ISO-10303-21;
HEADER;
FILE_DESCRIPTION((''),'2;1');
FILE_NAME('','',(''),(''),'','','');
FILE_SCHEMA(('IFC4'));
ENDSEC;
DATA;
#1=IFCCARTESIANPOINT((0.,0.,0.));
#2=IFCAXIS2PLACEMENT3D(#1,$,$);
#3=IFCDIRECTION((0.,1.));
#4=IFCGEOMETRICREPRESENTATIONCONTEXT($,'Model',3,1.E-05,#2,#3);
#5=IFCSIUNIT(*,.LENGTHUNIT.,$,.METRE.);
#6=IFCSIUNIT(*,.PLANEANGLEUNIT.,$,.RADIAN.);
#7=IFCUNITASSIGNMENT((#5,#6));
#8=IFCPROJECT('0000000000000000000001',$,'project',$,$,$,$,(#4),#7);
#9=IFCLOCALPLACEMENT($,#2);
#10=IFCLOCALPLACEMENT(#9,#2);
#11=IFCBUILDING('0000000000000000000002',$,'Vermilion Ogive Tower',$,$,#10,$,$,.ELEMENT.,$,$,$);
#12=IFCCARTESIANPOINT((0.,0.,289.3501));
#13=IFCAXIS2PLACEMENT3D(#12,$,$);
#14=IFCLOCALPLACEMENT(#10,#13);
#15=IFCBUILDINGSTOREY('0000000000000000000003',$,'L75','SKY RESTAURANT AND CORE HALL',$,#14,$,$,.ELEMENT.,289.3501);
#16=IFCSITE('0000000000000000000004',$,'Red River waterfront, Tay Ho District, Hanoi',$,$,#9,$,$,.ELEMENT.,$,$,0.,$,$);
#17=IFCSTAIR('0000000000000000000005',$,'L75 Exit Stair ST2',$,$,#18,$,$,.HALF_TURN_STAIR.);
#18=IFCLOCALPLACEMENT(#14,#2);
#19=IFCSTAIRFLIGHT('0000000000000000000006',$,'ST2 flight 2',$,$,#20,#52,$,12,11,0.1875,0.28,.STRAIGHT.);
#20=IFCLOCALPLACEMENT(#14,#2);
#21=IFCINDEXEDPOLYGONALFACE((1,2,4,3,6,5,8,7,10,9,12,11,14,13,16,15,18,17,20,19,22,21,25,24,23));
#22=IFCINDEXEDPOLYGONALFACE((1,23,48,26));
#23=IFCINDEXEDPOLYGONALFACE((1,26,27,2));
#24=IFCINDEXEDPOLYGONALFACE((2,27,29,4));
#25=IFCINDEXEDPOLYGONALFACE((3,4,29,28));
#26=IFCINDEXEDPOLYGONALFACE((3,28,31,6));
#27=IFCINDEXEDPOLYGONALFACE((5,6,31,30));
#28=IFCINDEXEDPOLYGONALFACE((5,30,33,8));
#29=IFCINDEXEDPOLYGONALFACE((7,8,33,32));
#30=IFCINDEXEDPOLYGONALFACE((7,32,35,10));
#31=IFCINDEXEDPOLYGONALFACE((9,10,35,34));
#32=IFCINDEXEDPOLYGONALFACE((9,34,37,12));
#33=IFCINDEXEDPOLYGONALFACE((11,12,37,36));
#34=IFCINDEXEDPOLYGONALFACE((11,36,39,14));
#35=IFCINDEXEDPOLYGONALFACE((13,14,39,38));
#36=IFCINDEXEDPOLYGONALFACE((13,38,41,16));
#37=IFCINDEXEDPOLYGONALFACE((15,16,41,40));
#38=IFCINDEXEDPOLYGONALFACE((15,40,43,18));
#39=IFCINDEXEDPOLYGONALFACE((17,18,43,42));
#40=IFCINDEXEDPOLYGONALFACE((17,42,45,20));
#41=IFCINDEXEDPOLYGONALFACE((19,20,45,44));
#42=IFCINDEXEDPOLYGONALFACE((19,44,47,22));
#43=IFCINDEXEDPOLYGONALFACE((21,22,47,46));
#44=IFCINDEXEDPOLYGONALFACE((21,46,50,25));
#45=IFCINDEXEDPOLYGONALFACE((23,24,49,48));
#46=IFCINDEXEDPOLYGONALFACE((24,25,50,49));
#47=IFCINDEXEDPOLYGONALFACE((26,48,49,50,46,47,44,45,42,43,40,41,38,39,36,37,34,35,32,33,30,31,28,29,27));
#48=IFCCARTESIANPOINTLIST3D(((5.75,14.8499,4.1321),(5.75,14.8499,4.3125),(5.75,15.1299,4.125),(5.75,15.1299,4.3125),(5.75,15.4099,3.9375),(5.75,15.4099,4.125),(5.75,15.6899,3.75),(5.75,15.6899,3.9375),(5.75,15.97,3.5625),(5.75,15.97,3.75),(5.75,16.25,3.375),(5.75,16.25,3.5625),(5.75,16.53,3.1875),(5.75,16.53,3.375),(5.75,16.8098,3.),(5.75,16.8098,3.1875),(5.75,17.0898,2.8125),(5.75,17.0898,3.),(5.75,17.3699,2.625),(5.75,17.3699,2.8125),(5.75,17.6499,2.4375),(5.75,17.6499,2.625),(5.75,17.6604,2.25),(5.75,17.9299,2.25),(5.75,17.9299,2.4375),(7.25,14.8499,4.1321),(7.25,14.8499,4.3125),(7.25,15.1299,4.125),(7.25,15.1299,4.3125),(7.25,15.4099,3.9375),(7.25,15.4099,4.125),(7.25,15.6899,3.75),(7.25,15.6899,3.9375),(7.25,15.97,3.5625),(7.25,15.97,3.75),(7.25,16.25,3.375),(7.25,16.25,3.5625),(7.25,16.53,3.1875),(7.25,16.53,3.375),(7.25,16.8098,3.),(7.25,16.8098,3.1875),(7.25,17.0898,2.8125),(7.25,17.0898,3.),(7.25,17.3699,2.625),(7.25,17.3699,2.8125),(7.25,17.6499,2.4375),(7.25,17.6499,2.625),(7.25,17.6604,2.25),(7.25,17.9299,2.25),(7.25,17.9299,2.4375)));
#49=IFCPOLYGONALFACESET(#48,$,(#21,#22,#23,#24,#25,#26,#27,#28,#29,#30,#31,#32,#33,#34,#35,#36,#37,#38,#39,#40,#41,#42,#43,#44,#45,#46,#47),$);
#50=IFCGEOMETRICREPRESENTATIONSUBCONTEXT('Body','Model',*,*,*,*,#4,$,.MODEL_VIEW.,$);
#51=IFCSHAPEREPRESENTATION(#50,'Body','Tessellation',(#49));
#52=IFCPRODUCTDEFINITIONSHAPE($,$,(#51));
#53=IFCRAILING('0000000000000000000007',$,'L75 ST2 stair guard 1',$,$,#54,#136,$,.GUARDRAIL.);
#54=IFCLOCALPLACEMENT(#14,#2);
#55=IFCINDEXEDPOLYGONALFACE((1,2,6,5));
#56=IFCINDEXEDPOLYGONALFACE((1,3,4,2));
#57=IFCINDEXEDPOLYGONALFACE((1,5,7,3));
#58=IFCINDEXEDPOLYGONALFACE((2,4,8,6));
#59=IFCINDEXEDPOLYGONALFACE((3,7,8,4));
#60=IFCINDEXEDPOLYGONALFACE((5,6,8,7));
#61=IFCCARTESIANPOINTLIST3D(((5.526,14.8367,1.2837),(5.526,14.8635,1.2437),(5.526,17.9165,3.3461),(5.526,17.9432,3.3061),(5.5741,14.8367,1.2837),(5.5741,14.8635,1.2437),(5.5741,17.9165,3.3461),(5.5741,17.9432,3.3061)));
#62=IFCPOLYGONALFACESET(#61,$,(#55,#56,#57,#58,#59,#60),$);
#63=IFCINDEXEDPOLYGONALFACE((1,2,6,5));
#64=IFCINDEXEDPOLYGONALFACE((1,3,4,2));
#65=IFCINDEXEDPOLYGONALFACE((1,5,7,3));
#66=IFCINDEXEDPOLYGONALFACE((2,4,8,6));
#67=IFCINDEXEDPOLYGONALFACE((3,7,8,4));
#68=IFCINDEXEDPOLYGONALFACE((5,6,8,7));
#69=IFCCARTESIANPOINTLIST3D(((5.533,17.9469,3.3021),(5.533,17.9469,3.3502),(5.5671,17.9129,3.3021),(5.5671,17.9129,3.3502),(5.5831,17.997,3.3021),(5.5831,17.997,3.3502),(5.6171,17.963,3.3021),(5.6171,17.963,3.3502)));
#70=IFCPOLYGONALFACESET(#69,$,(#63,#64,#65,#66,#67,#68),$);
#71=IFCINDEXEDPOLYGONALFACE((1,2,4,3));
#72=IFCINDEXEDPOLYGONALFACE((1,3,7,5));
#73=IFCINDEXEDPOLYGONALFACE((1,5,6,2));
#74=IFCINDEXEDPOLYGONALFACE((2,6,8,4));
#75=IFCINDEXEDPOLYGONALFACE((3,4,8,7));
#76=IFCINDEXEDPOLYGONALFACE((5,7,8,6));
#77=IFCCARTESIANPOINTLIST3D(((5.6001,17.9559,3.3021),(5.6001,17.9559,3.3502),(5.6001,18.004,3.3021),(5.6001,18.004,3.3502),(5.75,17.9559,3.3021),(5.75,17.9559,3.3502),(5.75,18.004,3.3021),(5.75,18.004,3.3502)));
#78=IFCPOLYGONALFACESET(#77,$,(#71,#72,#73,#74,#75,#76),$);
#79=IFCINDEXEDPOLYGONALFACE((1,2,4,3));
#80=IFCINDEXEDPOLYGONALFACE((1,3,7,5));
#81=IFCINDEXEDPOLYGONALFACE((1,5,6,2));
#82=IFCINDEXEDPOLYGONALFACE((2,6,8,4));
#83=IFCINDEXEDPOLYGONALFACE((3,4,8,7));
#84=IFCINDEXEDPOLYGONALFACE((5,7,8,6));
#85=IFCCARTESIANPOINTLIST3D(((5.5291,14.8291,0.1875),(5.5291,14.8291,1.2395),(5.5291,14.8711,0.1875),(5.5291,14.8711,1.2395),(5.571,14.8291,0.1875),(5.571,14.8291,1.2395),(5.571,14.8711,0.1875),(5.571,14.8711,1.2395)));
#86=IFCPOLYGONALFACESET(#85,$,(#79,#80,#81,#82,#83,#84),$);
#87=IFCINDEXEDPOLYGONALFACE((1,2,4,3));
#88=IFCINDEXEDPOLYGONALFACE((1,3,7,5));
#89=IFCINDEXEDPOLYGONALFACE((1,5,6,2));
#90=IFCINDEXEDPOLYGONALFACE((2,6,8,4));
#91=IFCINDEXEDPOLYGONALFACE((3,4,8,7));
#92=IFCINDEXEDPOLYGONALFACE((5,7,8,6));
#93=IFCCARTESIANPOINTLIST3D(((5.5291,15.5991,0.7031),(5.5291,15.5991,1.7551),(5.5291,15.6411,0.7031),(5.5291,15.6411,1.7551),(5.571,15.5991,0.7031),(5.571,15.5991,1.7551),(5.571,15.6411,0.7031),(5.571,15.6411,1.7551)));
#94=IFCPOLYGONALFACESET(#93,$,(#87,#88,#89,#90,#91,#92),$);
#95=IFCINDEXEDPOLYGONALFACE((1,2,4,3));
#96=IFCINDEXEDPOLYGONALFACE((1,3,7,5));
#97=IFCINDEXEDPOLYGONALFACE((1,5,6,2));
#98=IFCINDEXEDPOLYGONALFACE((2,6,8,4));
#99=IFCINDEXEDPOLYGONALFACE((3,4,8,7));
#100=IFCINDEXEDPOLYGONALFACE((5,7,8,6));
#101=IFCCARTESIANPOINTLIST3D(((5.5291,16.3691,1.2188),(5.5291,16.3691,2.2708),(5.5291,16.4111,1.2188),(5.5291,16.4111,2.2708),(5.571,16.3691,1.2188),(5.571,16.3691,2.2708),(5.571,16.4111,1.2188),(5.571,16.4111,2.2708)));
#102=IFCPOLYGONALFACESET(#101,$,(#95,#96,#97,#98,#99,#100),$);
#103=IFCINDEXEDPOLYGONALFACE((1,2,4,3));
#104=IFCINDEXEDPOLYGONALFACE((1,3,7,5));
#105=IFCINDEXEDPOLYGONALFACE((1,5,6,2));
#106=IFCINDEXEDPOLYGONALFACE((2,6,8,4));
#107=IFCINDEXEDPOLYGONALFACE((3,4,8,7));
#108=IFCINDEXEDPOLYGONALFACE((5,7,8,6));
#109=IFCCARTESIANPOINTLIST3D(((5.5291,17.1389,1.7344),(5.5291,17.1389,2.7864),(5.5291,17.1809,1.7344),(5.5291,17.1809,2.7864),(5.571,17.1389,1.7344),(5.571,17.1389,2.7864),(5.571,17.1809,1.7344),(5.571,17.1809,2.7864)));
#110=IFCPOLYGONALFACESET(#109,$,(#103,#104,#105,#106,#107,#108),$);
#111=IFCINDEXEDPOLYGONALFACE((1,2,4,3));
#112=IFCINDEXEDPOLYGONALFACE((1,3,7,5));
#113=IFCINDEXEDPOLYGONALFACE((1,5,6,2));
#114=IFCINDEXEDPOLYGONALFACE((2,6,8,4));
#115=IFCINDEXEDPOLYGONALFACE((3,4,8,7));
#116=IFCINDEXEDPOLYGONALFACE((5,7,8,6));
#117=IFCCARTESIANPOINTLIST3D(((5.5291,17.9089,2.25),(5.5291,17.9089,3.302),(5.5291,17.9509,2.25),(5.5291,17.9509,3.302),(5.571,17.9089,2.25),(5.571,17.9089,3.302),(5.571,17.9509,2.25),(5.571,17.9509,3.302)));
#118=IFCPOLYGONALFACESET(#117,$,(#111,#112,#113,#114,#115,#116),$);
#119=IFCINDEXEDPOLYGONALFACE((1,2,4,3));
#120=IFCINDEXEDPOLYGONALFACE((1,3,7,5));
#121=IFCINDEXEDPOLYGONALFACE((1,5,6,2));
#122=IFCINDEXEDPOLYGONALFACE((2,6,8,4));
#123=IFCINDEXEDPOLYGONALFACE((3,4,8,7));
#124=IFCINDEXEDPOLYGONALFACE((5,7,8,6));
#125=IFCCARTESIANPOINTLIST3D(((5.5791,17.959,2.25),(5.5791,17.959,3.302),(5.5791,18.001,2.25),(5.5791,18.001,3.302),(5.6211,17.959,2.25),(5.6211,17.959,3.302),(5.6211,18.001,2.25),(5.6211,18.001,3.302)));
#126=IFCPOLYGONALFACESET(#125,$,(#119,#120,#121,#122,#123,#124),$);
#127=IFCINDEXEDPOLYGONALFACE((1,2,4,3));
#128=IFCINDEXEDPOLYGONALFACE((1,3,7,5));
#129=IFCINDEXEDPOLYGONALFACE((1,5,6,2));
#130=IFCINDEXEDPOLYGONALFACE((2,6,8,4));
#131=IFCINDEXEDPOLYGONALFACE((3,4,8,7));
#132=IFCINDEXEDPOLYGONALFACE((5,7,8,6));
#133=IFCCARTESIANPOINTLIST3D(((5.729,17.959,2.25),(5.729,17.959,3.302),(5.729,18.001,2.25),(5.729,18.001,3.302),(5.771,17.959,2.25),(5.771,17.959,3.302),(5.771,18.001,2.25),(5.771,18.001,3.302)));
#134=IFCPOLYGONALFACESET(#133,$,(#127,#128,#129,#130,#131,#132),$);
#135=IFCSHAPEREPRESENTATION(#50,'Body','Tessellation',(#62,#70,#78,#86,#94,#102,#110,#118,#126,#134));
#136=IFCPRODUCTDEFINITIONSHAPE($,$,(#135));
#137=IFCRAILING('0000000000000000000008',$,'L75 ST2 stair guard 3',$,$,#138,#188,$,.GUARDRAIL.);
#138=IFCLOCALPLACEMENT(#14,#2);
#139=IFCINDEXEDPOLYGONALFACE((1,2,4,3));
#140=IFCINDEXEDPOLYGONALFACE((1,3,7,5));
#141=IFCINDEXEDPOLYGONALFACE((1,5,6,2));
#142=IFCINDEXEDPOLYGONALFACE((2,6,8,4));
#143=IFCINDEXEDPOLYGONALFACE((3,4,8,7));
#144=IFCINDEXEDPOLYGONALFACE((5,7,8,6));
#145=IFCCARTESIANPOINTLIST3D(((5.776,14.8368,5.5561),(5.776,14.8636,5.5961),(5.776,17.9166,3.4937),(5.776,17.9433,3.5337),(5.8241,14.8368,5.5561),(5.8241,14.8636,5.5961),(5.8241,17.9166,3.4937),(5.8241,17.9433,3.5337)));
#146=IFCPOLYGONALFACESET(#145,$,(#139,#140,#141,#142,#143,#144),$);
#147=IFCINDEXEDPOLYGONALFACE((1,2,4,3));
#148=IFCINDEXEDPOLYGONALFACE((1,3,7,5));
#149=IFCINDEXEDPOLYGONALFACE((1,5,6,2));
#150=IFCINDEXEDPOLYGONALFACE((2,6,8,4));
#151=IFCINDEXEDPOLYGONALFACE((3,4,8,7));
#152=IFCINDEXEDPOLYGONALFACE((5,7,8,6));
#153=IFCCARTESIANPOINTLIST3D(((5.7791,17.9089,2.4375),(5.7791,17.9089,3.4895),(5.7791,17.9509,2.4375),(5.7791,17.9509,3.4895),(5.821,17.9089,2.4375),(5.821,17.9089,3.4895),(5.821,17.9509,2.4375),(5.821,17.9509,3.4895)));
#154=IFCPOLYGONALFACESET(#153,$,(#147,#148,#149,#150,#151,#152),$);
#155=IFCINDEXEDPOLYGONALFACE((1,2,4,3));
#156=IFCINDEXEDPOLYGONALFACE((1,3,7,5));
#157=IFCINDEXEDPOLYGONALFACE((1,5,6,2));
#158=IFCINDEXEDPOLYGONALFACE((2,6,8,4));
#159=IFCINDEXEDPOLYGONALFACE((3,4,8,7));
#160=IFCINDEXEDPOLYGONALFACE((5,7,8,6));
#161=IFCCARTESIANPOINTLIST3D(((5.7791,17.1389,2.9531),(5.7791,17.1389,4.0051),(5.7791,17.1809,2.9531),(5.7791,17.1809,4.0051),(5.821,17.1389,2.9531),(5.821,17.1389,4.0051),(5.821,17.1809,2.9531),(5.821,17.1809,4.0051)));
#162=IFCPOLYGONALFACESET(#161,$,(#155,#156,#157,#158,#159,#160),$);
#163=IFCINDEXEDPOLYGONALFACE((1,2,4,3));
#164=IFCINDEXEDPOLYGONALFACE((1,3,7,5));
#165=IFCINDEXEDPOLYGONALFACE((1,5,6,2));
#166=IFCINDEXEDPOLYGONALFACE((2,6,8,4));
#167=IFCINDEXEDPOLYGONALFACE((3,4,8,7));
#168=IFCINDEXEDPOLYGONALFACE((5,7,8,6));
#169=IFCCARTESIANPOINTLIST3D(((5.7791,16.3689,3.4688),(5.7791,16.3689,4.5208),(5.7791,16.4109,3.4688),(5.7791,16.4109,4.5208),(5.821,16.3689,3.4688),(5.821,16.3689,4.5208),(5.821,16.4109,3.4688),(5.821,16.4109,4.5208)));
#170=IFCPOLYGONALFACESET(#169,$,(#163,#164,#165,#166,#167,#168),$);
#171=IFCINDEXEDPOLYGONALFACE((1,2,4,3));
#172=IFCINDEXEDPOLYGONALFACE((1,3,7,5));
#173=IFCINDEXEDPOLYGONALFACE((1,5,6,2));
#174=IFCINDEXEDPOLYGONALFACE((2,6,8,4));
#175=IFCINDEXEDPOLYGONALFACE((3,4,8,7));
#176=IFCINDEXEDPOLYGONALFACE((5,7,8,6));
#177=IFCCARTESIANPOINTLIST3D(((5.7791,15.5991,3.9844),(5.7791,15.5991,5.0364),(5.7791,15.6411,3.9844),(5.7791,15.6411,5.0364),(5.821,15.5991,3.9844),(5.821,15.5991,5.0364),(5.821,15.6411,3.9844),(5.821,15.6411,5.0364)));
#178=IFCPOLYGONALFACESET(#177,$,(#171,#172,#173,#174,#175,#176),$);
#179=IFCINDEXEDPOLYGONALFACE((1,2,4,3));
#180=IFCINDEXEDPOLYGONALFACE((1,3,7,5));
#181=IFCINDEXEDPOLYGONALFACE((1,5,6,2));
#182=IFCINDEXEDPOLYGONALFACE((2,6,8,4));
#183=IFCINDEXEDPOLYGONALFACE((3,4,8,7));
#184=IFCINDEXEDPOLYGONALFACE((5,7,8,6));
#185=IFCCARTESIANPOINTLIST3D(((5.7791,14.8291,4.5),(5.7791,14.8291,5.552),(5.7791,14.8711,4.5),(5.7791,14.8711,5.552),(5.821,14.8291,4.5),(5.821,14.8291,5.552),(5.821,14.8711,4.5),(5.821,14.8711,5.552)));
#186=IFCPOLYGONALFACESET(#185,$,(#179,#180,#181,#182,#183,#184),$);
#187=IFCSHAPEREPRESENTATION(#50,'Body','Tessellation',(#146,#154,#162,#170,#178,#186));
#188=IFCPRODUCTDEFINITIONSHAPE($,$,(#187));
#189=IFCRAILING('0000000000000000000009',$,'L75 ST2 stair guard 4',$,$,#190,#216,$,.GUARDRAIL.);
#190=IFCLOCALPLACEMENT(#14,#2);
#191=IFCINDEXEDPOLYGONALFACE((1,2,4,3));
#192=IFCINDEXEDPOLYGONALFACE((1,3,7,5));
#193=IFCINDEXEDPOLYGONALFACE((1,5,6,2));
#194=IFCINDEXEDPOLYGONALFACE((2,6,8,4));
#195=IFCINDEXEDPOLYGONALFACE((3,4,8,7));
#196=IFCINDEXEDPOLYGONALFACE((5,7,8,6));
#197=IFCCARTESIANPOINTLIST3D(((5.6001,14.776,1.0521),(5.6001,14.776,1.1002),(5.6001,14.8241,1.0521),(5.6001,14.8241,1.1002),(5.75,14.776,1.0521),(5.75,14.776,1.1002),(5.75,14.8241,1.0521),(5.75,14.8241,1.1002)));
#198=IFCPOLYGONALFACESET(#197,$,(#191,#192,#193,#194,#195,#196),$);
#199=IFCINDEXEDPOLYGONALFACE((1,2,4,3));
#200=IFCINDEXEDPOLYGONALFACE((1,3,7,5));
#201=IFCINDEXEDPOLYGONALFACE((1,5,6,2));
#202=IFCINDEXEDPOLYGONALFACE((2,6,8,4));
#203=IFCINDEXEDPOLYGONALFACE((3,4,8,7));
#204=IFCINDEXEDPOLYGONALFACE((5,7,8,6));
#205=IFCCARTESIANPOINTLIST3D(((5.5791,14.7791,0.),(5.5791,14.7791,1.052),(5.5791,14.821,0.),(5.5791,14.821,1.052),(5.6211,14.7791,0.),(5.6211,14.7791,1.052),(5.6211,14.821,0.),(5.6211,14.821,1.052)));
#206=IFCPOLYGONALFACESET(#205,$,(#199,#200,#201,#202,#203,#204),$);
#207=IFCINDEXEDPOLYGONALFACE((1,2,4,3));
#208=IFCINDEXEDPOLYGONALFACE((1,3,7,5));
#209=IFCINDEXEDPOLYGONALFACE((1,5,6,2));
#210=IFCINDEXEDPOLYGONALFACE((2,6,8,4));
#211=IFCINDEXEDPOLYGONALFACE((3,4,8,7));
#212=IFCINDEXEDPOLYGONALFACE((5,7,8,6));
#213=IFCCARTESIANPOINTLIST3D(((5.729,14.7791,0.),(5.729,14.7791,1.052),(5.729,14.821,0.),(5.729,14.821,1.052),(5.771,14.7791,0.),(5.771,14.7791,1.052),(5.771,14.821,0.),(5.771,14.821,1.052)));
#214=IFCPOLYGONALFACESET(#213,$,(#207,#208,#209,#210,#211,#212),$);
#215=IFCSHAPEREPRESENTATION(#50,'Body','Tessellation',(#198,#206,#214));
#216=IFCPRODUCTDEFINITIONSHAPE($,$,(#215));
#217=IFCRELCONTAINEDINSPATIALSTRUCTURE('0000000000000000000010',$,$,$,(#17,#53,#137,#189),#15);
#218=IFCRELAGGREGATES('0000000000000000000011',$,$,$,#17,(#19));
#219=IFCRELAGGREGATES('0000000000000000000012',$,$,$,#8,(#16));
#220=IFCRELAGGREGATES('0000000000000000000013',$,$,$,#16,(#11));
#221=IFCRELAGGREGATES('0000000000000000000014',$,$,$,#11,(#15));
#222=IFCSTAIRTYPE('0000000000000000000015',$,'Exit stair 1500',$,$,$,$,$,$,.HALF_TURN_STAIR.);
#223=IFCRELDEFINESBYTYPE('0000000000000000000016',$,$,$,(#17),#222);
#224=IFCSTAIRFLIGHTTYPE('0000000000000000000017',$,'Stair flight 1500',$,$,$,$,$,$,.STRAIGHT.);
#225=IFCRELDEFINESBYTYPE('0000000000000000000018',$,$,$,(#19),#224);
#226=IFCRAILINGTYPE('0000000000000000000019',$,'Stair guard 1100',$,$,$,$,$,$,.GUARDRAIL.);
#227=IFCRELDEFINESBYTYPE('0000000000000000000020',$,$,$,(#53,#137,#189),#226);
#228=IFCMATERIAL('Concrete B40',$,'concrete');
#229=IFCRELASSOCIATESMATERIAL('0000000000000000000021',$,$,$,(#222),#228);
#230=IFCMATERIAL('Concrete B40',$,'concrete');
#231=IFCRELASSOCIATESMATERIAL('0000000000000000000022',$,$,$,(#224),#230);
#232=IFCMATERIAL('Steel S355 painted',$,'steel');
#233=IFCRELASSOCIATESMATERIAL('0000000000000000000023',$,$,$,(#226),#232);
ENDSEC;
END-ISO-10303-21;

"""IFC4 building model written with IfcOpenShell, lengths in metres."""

from ifc_helpers import new_model, si_unit, direction, frame, origin, origin_2d, place, context, subcontext, project, spatial, polyline, rectangle, outline, extrude, material, type_object, element, aggregate, save


model = new_model("IFC4")

# Units and contexts
model_context = context("Model", 3, precision=1e-05, world=origin(), true_north=direction((0.0, 1.0)))
body_context = subcontext(model_context, "Body", "Model", "MODEL_VIEW")
ifc_project = project(units=[si_unit("LENGTHUNIT", "METRE"), si_unit("PLANEANGLEUNIT", "RADIAN")], contexts=[model_context])

# Site, building, storey
site_placement = place(None, origin())
site = spatial("IfcSite", under=ifc_project, at=site_placement, Name="Red River waterfront, Tay Ho District, Hanoi", CompositionType="ELEMENT", RefElevation=0.0)
building_placement = place(site_placement, origin())
building = spatial("IfcBuilding", under=site, at=building_placement, Name="Vermilion Ogive Tower", CompositionType="ELEMENT")
storey_placement = place(building_placement, frame((0.0, 0.0, 289.3501)))
storey = spatial("IfcBuildingStorey", under=building, at=storey_placement, Name="L75", Description="SKY RESTAURANT AND CORE HALL", CompositionType="ELEMENT", Elevation=289.3501)

# Stair, stair flight
ifc_material_1 = material(Name="Concrete B40", Category="concrete")
stair_type = type_object("IfcStairType", Name="Exit stair 1500", PredefinedType="HALF_TURN_STAIR", material=ifc_material_1)
stair_placement = place(storey_placement, origin())
stair = element("IfcStair", 1, at=stair_placement, inside=storey, type_object=stair_type, Name="L75 Exit Stair ST2", PredefinedType="HALF_TURN_STAIR")
ifc_material_2 = material(Name="Concrete B40", Category="concrete")
stair_flight_type = type_object("IfcStairFlightType", Name="Stair flight 1500", PredefinedType="STRAIGHT", material=ifc_material_2)
stair_flight_1_placement = place(storey_placement, frame((6.5, 17.9299, 2.25), z_axis=(0.0, 0.0, 1.0), x_axis=(0.0, -1.0, 0.0)))
stair_flight_1 = element("IfcStairFlight", 2, at=stair_flight_1_placement, type_object=stair_flight_type, Name="ST2 flight 2", NumberOfRisers=12, NumberOfTreads=11, PredefinedType="STRAIGHT", RiserHeight=0.1875, TreadLength=0.28, context=body_context, shape_type="SweptSolid", body=[
    extrude(outline(polyline([(0.0, 0.0), (0.0, 0.1875), (0.28, 0.1875), (0.28, 0.375), (0.5601, 0.375), (0.5601, 0.5625), (0.8401, 0.5625), (0.8401, 0.75), (1.1201, 0.75), (1.1201, 0.9375), (1.3999, 0.9375), (1.3999, 1.125), (1.6799, 1.125), (1.6799, 1.3125), (1.96, 1.3125), (1.96, 1.5), (2.24, 1.5), (2.24, 1.6875), (2.52, 1.6875), (2.52, 1.875), (2.8, 1.875), (2.8, 2.0625), (3.0801, 2.0625), (3.0801, 2.25), (3.0801, 1.8821), (0.2695, 0.0), (0.0, 0.0)])), frame((0.0, 0.75, 0.0), z_axis=(0.0, -1.0, 0.0), x_axis=(1.0, 0.0, 0.0)), (0.0, 0.0, 1.0), 1.5),
])
aggregate(stair, [stair_flight_1])

# Railings
ifc_material_3 = material(Name="Steel S355 painted", Category="steel")
railing_type_1 = type_object("IfcRailingType", Name="Stair guard 1100", PredefinedType="GUARDRAIL", material=ifc_material_3)
railing_1_placement = place(storey_placement, frame((5.55, 14.8501, 0.1875)))
element("IfcRailing", 3, at=railing_1_placement, inside=storey, type_object=railing_type_1, Name="L75 ST2 stair guard 1", PredefinedType="GUARDRAIL", context=body_context, shape_type="SweptSolid", body=[
    extrude(rectangle(XDim=0.0481, YDim=0.0481, at=origin_2d()), frame((0.0, 0.0, 1.0762), z_axis=(0.0, 0.830893, 0.556432), x_axis=(-1.0, 0.0, 0.0)), (0.0, 0.0, 1.0), 3.7065),
    extrude(rectangle(XDim=0.0481, YDim=0.0481, at=origin_2d()), frame((0.0, 3.0798, 3.1387), z_axis=(0.707107, 0.707107, 0.0), x_axis=(-0.707107, 0.707107, 0.0)), (0.0, 0.0, 1.0), 0.0708),
    extrude(rectangle(XDim=0.0481, YDim=0.0481, at=origin_2d()), frame((0.05, 3.1299, 3.1387), z_axis=(1.0, 0.0, 0.0), x_axis=(0.0, 1.0, 0.0)), (0.0, 0.0, 1.0), 0.1499),
    extrude(rectangle(XDim=0.042, YDim=0.042, at=origin_2d()), origin(), (0.0, 0.0, 1.0), 1.052),
    extrude(rectangle(XDim=0.042, YDim=0.042, at=origin_2d()), frame((0.0, 0.77, 0.5156)), (0.0, 0.0, 1.0), 1.052),
    extrude(rectangle(XDim=0.042, YDim=0.042, at=origin_2d()), frame((0.0, 1.54, 1.0312)), (0.0, 0.0, 1.0), 1.052),
    extrude(rectangle(XDim=0.042, YDim=0.042, at=origin_2d()), frame((0.0, 2.3098, 1.5469)), (0.0, 0.0, 1.0), 1.052),
    extrude(rectangle(XDim=0.042, YDim=0.042, at=origin_2d()), frame((0.0, 3.0798, 2.0625)), (0.0, 0.0, 1.0), 1.052),
    extrude(rectangle(XDim=0.042, YDim=0.042, at=origin_2d()), frame((0.05, 3.1299, 2.0625)), (0.0, 0.0, 1.0), 1.052),
    extrude(rectangle(XDim=0.042, YDim=0.042, at=origin_2d()), frame((0.2, 3.1299, 2.0625)), (0.0, 0.0, 1.0), 1.052),
])
railing_2_placement = place(storey_placement, frame((5.8, 17.9299, 2.4375)))
element("IfcRailing", 4, at=railing_2_placement, inside=storey, type_object=railing_type_1, Name="L75 ST2 stair guard 3", PredefinedType="GUARDRAIL", context=body_context, shape_type="SweptSolid", body=[
    extrude(rectangle(XDim=0.0481, YDim=0.0481, at=origin_2d()), frame((0.0, 0.0, 1.0762), z_axis=(0.0, -0.830893, 0.556432), x_axis=(1.0, 0.0, 0.0)), (0.0, 0.0, 1.0), 3.7065),
    extrude(rectangle(XDim=0.042, YDim=0.042, at=origin_2d()), origin(), (0.0, 0.0, 1.0), 1.052),
    extrude(rectangle(XDim=0.042, YDim=0.042, at=origin_2d()), frame((0.0, -0.77, 0.5156)), (0.0, 0.0, 1.0), 1.052),
    extrude(rectangle(XDim=0.042, YDim=0.042, at=origin_2d()), frame((0.0, -1.54, 1.0312)), (0.0, 0.0, 1.0), 1.052),
    extrude(rectangle(XDim=0.042, YDim=0.042, at=origin_2d()), frame((0.0, -2.3098, 1.5469)), (0.0, 0.0, 1.0), 1.052),
    extrude(rectangle(XDim=0.042, YDim=0.042, at=origin_2d()), frame((0.0, -3.0798, 2.0625)), (0.0, 0.0, 1.0), 1.052),
])
railing_3_placement = place(storey_placement, frame((5.6001, 14.8, 0.0)))
element("IfcRailing", 5, at=railing_3_placement, inside=storey, type_object=railing_type_1, Name="L75 ST2 stair guard 4", PredefinedType="GUARDRAIL", context=body_context, shape_type="SweptSolid", body=[
    extrude(rectangle(XDim=0.0481, YDim=0.0481, at=origin_2d()), frame((0.0, 0.0, 1.0762), z_axis=(1.0, 0.0, 0.0), x_axis=(0.0, 1.0, 0.0)), (0.0, 0.0, 1.0), 0.1499),
    extrude(rectangle(XDim=0.042, YDim=0.042, at=origin_2d()), origin(), (0.0, 0.0, 1.0), 1.052),
    extrude(rectangle(XDim=0.042, YDim=0.042, at=origin_2d()), frame((0.1499, 0.0, 0.0)), (0.0, 0.0, 1.0), 1.052),
])

save(model, "model.ifc")
